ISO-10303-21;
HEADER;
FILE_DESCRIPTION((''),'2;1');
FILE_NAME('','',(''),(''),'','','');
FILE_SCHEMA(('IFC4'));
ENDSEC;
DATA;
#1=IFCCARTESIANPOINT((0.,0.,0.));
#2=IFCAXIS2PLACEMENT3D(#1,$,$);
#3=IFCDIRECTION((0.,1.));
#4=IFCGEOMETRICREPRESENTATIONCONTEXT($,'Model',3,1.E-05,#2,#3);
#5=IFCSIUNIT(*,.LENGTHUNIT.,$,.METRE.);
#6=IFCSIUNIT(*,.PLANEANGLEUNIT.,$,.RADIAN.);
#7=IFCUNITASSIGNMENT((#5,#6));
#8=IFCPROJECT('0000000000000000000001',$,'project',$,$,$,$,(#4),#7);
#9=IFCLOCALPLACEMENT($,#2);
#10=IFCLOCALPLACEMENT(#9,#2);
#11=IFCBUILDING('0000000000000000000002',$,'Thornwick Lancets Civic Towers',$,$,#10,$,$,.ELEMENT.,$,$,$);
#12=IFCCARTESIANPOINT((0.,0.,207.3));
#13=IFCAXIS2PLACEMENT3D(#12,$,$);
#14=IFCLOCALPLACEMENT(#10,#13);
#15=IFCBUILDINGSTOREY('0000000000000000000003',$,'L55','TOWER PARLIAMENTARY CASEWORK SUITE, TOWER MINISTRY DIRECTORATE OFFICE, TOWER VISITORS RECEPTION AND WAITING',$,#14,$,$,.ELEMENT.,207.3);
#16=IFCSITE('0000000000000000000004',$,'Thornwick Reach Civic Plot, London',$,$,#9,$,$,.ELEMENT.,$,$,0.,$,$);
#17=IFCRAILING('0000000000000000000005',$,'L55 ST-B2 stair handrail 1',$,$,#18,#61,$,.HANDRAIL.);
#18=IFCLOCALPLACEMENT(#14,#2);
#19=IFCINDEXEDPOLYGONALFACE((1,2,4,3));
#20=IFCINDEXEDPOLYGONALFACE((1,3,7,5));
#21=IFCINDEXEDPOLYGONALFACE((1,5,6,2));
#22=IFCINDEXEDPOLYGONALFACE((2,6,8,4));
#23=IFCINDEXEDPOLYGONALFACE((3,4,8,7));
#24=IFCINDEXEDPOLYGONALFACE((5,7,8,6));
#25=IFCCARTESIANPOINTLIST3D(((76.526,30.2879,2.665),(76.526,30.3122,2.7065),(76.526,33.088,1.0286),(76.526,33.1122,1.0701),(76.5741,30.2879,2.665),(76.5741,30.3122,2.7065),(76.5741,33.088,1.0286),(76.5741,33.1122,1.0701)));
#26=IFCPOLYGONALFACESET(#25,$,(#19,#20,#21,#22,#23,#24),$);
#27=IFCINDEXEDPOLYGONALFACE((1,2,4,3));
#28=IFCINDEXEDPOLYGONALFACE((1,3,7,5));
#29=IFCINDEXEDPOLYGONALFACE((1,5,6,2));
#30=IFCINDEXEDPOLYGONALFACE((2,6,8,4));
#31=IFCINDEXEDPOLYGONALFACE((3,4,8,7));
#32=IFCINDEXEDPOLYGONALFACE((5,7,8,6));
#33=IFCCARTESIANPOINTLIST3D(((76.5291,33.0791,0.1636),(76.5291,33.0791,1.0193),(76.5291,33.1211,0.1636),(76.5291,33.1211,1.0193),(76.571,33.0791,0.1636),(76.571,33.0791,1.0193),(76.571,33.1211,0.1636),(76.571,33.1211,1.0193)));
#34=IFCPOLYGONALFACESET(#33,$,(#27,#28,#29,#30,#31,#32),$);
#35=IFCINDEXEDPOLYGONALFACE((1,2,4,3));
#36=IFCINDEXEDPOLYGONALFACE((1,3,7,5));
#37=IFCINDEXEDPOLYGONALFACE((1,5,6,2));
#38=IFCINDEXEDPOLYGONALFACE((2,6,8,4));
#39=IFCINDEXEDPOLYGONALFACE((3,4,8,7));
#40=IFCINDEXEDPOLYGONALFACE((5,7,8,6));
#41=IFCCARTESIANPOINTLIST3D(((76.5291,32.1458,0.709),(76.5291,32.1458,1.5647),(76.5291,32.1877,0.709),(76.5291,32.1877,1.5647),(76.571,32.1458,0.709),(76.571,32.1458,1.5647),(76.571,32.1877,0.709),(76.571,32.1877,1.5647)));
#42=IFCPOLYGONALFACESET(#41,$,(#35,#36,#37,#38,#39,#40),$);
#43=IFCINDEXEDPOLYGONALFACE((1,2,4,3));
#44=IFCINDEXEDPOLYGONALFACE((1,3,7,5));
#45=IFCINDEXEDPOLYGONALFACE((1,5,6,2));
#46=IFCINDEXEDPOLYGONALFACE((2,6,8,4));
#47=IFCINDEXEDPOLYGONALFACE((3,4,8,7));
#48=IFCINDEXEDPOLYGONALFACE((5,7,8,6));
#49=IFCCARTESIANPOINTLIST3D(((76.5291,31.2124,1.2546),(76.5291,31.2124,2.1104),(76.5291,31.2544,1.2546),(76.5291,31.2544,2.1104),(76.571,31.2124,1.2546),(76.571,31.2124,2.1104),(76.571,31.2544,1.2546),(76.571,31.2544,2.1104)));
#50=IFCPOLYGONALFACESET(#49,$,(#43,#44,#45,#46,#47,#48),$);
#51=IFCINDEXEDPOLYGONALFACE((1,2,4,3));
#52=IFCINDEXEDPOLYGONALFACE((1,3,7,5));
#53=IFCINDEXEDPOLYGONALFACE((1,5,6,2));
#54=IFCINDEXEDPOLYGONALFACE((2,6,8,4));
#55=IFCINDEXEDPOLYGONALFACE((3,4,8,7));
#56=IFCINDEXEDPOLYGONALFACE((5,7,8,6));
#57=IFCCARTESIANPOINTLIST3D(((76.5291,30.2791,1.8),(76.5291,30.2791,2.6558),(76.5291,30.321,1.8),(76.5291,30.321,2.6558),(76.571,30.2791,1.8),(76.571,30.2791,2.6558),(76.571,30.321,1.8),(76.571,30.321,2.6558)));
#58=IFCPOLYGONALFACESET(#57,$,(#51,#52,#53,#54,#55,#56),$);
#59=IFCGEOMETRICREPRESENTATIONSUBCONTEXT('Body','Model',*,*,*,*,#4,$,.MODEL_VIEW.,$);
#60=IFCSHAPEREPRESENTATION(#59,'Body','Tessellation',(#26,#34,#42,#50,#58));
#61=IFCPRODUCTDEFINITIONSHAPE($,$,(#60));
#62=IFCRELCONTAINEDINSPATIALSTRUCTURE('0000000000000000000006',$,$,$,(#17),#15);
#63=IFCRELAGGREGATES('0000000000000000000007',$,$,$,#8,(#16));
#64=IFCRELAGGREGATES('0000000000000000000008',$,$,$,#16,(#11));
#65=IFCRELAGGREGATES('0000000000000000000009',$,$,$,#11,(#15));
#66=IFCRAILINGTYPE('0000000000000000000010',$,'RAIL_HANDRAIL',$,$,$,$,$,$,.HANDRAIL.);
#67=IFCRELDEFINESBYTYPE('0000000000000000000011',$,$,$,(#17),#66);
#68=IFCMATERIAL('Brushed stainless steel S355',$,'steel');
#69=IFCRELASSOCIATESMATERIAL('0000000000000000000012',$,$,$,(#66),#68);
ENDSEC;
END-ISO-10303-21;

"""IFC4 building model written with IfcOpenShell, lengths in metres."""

from ifc_helpers import new_model, si_unit, direction, frame, origin, origin_2d, place, context, subcontext, project, spatial, rectangle, extrude, material, type_object, element, save


model = new_model("IFC4")

# Units and contexts
model_context = context("Model", 3, precision=1e-05, world=origin(), true_north=direction((0.0, 1.0)))
body_context = subcontext(model_context, "Body", "Model", "MODEL_VIEW")
ifc_project = project(units=[si_unit("LENGTHUNIT", "METRE"), si_unit("PLANEANGLEUNIT", "RADIAN")], contexts=[model_context])

# Site, building, storey
site_placement = place(None, origin())
site = spatial("IfcSite", under=ifc_project, at=site_placement, Name="Thornwick Reach Civic Plot, London", CompositionType="ELEMENT", RefElevation=0.0)
building_placement = place(site_placement, origin())
building = spatial("IfcBuilding", under=site, at=building_placement, Name="Thornwick Lancets Civic Towers", CompositionType="ELEMENT")
storey_placement = place(building_placement, frame((0.0, 0.0, 207.3)))
storey = spatial("IfcBuildingStorey", under=building, at=storey_placement, Name="L55", Description="TOWER PARLIAMENTARY CASEWORK SUITE, TOWER MINISTRY DIRECTORATE OFFICE, TOWER VISITORS RECEPTION AND WAITING", CompositionType="ELEMENT", Elevation=207.3)

# Railing
ifc_material_1 = material(Name="Brushed stainless steel S355", Category="steel")
railing_type = type_object("IfcRailingType", Name="RAIL_HANDRAIL", PredefinedType="HANDRAIL", material=ifc_material_1)
railing_placement = place(storey_placement, frame((76.55, 33.1001, 0.1636)))
element("IfcRailing", 1, at=railing_placement, inside=storey, type_object=railing_type, Name="L55 ST-B2 stair handrail 1", PredefinedType="HANDRAIL", context=body_context, shape_type="SweptSolid", body=[
    extrude(rectangle(XDim=0.0481, YDim=0.0481, at=origin_2d()), frame((0.0, 0.0, 0.8857), z_axis=(0.0, -0.863361, 0.504587), x_axis=(1.0, 0.0, 0.0)), (0.0, 0.0, 1.0), 3.2432),
    extrude(rectangle(XDim=0.042, YDim=0.042, at=origin_2d()), origin(), (0.0, 0.0, 1.0), 0.8557),
    extrude(rectangle(XDim=0.042, YDim=0.042, at=origin_2d()), frame((0.0, -0.9333, 0.5454)), (0.0, 0.0, 1.0), 0.8557),
    extrude(rectangle(XDim=0.042, YDim=0.042, at=origin_2d()), frame((0.0, -1.8667, 1.0911)), (0.0, 0.0, 1.0), 0.8557),
    extrude(rectangle(XDim=0.042, YDim=0.042, at=origin_2d()), frame((0.0, -2.8, 1.6365)), (0.0, 0.0, 1.0), 0.8557),
])

save(model, "model.ifc")
